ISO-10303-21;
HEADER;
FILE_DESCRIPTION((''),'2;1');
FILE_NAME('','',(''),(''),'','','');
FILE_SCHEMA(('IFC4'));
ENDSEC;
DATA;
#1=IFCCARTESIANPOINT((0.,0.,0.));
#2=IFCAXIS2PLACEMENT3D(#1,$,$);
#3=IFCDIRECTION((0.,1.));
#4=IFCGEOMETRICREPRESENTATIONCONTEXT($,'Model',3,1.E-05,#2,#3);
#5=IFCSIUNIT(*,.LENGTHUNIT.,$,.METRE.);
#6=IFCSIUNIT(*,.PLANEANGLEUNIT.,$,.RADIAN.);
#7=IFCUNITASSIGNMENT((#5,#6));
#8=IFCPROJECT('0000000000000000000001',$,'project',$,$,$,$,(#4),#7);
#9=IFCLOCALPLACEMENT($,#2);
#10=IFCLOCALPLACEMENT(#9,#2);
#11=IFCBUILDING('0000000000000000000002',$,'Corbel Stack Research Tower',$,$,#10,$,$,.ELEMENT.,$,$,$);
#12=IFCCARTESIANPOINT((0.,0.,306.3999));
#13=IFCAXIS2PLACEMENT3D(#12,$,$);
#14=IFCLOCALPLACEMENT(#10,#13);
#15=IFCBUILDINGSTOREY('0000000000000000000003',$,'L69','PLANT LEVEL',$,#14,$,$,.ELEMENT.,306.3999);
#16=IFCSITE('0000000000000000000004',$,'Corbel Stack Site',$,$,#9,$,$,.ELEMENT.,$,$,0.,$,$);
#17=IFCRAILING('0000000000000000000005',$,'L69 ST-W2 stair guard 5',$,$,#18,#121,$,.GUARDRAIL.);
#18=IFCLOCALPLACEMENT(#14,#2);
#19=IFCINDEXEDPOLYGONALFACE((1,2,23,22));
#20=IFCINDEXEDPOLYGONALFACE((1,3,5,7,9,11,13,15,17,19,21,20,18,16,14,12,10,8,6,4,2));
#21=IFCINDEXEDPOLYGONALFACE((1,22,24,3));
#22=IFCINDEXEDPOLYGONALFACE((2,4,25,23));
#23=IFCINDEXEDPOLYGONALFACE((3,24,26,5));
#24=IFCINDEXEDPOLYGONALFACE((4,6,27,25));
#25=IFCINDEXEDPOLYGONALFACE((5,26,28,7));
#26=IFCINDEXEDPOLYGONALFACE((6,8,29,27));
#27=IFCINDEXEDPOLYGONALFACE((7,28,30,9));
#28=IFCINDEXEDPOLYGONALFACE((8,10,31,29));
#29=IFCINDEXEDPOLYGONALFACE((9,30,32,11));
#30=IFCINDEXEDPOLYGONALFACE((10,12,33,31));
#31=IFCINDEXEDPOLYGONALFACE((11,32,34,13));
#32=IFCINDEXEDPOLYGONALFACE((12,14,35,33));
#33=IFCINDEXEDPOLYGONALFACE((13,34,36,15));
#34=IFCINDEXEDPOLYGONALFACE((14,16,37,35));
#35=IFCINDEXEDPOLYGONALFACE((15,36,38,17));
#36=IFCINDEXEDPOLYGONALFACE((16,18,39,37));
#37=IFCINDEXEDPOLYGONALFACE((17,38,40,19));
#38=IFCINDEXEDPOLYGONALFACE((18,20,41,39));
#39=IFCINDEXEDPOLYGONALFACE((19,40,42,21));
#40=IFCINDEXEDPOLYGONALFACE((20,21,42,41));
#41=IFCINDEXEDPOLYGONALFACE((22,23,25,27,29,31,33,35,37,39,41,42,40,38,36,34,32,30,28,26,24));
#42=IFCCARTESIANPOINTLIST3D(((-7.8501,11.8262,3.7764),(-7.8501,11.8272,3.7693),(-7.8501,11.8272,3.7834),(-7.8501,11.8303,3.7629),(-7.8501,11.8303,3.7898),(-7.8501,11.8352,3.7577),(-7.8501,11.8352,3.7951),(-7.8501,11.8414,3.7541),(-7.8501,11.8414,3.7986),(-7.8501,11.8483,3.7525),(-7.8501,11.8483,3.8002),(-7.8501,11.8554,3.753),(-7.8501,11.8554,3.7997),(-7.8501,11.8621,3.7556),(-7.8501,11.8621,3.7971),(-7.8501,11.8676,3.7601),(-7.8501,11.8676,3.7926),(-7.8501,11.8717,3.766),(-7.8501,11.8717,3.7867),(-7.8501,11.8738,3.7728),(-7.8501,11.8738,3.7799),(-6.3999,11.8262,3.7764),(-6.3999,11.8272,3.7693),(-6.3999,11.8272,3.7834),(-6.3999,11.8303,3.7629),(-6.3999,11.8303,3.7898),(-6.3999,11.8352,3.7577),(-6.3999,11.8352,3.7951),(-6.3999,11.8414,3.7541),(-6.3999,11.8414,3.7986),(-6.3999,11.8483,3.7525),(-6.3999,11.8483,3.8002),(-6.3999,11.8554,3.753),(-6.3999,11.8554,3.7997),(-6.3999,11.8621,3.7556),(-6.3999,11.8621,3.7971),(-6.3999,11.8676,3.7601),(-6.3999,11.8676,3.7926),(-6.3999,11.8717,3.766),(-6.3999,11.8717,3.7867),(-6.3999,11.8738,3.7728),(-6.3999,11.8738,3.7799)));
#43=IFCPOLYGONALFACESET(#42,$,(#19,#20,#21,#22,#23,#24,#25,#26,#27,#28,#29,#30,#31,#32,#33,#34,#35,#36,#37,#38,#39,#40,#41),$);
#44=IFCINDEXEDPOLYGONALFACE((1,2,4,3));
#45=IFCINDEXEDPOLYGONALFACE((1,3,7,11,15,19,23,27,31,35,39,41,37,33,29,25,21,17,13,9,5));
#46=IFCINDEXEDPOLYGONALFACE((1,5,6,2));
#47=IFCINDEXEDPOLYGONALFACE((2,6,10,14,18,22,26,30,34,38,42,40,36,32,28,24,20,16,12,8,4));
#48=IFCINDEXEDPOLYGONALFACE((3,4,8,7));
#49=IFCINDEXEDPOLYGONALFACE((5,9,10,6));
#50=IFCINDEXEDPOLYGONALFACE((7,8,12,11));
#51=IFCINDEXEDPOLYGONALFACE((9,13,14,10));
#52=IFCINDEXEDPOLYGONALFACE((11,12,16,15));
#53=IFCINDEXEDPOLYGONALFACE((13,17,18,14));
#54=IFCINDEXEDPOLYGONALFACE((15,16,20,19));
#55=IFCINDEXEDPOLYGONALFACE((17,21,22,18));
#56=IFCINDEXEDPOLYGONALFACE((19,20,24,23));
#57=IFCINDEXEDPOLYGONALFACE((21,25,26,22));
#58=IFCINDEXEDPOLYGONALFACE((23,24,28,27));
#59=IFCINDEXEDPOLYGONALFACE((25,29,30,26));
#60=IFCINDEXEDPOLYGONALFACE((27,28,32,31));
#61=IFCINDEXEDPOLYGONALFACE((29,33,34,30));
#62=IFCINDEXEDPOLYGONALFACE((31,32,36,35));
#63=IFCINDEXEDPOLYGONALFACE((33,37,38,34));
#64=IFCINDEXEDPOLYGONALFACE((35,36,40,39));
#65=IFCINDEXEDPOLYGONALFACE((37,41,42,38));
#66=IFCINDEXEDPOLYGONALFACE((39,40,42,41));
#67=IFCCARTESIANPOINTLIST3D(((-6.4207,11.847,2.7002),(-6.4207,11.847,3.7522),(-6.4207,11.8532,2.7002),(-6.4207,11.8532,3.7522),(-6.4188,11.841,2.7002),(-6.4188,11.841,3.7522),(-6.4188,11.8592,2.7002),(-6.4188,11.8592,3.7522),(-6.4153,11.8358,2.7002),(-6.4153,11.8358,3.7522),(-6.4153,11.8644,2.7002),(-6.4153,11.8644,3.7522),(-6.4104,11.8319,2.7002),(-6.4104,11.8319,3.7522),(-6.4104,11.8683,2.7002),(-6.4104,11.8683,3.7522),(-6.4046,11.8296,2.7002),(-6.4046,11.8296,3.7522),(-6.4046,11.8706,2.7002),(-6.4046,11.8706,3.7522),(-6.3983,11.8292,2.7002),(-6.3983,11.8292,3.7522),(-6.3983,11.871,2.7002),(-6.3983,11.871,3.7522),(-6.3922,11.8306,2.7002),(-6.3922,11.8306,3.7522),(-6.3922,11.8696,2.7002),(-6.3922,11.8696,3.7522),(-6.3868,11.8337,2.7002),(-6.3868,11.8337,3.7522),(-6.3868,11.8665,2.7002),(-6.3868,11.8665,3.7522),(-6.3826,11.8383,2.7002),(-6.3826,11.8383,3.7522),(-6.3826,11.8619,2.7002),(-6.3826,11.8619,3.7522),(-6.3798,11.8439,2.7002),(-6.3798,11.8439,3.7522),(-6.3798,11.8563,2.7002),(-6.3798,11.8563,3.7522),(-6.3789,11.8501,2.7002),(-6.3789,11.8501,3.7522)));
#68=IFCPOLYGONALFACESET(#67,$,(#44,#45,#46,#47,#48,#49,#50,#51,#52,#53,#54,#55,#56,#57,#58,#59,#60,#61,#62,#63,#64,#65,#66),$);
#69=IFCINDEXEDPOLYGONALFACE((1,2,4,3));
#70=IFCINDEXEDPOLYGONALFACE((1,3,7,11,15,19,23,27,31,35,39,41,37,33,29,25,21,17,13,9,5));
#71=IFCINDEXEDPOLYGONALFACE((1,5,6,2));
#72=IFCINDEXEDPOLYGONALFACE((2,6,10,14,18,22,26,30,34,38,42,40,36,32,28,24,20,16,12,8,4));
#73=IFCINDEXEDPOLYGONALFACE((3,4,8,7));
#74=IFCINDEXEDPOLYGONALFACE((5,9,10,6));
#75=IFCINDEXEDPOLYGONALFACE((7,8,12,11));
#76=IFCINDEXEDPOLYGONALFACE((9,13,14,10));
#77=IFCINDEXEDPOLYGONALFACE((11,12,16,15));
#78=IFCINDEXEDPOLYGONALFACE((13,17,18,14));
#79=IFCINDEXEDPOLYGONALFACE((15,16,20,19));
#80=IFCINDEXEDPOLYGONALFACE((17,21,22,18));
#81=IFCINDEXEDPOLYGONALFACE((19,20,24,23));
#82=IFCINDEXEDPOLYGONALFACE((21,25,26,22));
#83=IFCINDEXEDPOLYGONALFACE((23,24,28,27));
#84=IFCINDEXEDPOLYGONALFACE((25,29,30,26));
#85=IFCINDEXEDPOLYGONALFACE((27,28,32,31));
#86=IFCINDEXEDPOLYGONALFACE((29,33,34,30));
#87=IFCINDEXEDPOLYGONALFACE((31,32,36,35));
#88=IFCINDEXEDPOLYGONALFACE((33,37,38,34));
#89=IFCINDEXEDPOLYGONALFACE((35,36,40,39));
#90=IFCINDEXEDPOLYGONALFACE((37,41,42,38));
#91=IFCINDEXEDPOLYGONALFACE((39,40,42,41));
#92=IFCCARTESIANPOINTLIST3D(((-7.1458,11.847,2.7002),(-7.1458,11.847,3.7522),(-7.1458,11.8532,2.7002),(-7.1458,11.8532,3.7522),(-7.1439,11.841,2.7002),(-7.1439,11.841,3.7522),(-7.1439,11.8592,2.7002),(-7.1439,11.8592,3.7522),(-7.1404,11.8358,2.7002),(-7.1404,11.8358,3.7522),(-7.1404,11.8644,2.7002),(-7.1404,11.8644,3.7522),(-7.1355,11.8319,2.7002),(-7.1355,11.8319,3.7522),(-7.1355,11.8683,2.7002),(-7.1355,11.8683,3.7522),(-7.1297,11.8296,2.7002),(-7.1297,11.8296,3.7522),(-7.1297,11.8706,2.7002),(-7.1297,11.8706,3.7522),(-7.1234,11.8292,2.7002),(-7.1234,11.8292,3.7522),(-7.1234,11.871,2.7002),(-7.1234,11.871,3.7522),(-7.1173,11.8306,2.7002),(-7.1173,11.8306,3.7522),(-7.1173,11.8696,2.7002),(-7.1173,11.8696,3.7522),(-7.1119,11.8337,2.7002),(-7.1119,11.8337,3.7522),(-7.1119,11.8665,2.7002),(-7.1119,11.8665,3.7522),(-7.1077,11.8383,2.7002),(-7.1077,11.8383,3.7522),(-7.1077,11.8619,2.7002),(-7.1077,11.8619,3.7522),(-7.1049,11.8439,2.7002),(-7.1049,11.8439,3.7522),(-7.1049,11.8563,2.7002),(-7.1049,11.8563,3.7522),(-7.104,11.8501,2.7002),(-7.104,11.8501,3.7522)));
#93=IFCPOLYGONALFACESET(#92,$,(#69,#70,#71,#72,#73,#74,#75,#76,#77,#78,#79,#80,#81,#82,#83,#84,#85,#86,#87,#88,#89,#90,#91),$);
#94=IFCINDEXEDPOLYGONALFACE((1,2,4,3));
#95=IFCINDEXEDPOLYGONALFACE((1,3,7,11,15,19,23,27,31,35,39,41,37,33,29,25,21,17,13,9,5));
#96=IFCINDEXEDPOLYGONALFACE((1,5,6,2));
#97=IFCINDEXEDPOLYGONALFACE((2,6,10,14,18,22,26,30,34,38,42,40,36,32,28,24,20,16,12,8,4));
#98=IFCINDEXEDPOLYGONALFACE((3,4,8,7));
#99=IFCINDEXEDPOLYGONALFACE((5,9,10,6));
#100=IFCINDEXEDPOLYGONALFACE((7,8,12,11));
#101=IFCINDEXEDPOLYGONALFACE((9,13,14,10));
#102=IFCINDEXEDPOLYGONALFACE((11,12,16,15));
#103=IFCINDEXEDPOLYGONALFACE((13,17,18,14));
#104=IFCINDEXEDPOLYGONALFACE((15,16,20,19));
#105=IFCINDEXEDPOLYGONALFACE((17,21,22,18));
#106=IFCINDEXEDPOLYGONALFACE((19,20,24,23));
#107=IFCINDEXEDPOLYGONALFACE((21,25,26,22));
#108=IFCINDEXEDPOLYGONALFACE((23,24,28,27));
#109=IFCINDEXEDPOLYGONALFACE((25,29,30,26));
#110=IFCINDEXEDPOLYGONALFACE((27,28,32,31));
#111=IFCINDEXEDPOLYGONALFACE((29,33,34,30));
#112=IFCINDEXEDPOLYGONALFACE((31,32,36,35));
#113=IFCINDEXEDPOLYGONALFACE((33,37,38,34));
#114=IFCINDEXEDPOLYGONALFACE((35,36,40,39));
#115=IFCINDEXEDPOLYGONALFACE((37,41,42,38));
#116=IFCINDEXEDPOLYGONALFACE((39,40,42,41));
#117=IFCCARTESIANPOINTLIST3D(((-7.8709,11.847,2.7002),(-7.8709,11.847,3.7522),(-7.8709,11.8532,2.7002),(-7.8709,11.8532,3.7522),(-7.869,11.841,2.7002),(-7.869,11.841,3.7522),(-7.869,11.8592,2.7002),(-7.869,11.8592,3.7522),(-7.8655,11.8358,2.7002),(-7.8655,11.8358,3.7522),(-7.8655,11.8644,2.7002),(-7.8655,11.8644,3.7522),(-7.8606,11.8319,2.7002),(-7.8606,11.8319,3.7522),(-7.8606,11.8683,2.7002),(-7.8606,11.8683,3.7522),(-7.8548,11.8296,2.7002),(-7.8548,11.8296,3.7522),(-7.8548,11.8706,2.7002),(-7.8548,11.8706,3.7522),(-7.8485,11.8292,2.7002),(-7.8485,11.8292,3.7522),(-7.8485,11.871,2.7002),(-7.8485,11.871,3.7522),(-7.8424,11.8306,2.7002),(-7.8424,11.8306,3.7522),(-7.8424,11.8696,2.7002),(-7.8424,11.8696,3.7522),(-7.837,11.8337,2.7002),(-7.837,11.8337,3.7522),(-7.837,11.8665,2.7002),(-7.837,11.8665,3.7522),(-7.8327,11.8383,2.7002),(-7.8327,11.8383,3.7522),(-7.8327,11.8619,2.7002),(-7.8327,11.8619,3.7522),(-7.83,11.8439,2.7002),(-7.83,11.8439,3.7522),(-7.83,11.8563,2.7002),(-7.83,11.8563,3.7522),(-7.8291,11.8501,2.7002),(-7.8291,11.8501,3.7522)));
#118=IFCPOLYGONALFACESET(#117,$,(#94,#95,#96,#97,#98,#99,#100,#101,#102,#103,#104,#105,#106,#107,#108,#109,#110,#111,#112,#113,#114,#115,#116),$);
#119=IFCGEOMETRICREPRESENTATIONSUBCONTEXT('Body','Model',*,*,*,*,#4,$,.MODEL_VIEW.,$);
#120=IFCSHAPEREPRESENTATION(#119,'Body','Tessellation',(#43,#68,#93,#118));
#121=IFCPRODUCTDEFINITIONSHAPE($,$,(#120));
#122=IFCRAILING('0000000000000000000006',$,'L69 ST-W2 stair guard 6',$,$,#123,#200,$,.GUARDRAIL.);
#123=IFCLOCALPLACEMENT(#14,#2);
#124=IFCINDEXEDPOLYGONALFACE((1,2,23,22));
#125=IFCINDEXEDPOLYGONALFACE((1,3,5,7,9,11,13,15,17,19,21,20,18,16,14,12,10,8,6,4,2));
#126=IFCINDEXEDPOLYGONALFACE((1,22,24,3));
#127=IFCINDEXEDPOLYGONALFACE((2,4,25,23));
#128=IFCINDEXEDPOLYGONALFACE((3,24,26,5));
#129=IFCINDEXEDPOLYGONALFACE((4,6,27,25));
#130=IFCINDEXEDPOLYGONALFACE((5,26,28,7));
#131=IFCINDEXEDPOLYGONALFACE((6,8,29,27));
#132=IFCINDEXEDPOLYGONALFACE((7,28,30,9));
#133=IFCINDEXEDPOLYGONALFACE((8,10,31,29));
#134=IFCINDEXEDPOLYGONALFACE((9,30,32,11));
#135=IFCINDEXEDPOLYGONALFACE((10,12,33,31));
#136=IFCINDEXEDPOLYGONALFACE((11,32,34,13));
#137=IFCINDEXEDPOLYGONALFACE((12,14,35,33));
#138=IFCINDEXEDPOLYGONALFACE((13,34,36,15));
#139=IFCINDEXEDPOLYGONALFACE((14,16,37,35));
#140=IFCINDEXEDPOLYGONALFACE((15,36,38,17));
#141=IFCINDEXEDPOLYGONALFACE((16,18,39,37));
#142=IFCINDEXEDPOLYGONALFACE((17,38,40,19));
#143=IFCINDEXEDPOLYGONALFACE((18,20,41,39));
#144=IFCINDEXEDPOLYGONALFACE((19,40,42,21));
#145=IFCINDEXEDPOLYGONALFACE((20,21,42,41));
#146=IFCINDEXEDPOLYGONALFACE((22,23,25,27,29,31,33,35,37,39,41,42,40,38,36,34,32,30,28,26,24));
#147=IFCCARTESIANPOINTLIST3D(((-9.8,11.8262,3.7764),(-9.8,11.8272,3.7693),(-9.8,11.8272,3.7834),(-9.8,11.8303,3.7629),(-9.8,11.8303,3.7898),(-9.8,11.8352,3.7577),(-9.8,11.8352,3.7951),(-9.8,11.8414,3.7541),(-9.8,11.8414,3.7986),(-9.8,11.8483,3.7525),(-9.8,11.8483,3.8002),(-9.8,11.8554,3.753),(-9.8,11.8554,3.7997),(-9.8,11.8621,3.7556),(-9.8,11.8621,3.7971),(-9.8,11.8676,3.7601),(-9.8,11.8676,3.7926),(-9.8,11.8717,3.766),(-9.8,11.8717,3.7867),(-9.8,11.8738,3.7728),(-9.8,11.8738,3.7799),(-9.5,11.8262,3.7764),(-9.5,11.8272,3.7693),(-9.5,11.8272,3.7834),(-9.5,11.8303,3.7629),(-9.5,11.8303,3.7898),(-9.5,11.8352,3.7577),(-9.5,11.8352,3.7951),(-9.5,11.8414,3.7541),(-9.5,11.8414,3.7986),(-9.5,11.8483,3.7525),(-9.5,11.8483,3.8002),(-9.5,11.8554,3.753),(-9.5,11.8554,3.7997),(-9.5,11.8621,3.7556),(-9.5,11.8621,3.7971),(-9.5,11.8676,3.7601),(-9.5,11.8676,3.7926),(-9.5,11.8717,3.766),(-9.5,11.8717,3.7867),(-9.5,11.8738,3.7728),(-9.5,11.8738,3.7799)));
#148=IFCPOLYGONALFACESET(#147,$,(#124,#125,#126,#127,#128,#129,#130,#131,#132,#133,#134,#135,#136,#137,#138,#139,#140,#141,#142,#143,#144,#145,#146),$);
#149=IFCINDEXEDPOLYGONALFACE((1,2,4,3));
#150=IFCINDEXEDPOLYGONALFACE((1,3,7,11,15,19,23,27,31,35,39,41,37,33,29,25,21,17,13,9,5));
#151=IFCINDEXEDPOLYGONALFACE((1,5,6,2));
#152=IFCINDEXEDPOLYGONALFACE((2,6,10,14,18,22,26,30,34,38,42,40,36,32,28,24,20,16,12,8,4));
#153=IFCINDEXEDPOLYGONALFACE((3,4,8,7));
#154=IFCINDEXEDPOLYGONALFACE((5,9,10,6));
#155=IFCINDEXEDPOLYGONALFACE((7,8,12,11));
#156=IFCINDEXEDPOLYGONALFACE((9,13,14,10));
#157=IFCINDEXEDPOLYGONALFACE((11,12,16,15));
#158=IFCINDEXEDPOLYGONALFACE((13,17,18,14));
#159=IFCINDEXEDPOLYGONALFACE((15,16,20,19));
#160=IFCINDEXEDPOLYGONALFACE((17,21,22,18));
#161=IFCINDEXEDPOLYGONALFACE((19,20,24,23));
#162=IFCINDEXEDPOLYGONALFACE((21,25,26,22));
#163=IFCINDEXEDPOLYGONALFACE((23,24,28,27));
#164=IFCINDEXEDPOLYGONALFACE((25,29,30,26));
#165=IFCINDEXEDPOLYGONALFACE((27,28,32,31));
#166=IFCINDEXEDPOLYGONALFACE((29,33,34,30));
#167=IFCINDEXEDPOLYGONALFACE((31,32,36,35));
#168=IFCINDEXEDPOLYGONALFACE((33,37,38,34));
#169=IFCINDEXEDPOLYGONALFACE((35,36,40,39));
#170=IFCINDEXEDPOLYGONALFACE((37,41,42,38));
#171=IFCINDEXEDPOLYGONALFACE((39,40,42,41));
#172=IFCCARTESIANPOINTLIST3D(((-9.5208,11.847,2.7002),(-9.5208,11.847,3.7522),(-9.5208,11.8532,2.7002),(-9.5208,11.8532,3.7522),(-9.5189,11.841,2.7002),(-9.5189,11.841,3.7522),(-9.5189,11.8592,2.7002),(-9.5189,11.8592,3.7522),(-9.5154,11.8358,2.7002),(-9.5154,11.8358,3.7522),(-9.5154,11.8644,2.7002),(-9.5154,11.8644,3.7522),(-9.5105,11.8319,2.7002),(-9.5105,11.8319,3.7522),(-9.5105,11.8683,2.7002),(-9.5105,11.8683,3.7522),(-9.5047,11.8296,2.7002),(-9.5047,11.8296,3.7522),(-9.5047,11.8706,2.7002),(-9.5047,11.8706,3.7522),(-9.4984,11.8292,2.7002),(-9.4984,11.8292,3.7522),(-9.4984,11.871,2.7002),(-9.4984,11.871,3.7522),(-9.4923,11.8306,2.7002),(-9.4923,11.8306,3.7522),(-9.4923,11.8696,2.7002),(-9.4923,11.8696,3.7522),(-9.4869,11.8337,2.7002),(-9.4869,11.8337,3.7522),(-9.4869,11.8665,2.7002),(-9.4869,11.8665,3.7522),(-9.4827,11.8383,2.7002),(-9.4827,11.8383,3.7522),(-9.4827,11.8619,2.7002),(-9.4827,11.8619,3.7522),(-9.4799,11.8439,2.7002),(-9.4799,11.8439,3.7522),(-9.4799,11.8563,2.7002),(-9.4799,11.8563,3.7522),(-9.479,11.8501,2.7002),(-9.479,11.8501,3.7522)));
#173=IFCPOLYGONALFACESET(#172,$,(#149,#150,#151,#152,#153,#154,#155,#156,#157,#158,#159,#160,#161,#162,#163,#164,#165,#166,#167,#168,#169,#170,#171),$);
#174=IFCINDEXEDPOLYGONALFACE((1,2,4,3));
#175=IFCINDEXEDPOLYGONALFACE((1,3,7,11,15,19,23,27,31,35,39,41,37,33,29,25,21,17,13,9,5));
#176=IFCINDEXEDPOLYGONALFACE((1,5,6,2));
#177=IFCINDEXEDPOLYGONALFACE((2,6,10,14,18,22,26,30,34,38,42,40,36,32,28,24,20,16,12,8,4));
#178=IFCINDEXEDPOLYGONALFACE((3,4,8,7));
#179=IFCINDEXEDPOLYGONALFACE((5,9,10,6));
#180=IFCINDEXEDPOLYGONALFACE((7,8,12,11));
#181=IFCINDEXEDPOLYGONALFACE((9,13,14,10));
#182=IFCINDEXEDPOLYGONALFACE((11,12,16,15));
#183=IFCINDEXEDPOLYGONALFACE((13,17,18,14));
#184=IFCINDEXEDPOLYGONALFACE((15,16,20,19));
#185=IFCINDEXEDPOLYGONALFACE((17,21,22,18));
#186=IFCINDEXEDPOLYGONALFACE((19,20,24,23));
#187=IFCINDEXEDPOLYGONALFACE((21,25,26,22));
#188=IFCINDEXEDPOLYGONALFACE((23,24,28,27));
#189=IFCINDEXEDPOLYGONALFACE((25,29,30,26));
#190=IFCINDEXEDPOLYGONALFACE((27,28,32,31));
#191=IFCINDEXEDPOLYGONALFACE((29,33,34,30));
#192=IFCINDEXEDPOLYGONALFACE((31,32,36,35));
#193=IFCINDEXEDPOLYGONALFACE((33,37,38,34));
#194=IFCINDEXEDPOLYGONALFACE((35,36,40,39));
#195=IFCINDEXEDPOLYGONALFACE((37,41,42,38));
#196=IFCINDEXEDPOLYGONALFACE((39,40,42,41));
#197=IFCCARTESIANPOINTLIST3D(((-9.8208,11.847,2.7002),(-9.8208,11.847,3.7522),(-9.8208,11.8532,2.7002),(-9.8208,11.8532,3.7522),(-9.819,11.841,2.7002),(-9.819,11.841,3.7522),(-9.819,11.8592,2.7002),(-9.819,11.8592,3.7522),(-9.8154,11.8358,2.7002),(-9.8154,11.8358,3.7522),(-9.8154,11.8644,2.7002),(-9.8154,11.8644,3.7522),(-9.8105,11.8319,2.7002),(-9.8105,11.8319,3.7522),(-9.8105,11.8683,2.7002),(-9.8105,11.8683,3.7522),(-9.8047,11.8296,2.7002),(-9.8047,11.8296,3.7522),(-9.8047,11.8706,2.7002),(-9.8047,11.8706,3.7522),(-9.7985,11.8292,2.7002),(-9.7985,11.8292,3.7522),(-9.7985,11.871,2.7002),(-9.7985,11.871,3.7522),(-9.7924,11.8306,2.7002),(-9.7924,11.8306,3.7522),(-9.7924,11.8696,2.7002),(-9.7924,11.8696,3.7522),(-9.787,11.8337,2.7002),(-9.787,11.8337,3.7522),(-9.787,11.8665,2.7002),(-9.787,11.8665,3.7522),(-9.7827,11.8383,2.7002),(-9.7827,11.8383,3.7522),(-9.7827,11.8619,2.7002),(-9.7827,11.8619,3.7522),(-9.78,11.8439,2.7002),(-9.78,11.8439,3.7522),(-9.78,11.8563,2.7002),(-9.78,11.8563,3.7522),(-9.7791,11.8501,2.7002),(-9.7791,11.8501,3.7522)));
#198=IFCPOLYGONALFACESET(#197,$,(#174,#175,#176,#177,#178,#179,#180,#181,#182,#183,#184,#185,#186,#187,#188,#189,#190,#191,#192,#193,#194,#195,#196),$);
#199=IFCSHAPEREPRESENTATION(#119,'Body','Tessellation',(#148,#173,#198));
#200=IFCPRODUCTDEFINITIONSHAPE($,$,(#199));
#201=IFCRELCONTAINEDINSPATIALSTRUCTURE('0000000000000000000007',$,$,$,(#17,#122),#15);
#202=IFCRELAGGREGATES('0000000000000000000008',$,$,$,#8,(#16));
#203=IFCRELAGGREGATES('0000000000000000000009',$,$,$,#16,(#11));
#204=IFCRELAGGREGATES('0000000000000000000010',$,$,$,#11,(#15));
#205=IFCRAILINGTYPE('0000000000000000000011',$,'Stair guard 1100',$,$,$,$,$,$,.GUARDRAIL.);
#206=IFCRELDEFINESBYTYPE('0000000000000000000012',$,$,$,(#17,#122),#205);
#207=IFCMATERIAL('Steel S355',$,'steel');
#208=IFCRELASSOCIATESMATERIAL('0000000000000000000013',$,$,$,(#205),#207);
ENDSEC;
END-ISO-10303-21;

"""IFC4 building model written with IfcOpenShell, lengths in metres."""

from ifc_helpers import new_model, si_unit, direction, frame, origin, origin_2d, place, context, subcontext, project, spatial, circle, extrude, material, type_object, element, save


model = new_model("IFC4")

# Units and contexts
model_context = context("Model", 3, precision=1e-05, world=origin(), true_north=direction((0.0, 1.0)))
body_context = subcontext(model_context, "Body", "Model", "MODEL_VIEW")
ifc_project = project(units=[si_unit("LENGTHUNIT", "METRE"), si_unit("PLANEANGLEUNIT", "RADIAN")], contexts=[model_context])

# Site, building, storey
site_placement = place(None, origin())
site = spatial("IfcSite", under=ifc_project, at=site_placement, Name="Corbel Stack Site", CompositionType="ELEMENT", RefElevation=0.0)
building_placement = place(site_placement, origin())
building = spatial("IfcBuilding", under=site, at=building_placement, Name="Corbel Stack Research Tower", CompositionType="ELEMENT")
storey_placement = place(building_placement, frame((0.0, 0.0, 306.3999)))
storey = spatial("IfcBuildingStorey", under=building, at=storey_placement, Name="L69", Description="PLANT LEVEL", CompositionType="ELEMENT", Elevation=306.3999)

# Railings
ifc_material_1 = material(Name="Steel S355", Category="steel")
railing_type_1 = type_object("IfcRailingType", Name="Stair guard 1100", PredefinedType="GUARDRAIL", material=ifc_material_1)
railing_1_placement = place(storey_placement, frame((-6.3999, 11.8501, 2.7002)))
element("IfcRailing", 1, at=railing_1_placement, inside=storey, type_object=railing_type_1, Name="L69 ST-W2 stair guard 5", PredefinedType="GUARDRAIL", context=body_context, shape_type="SweptSolid", body=[
    extrude(circle(Radius=0.0239, at=origin_2d()), frame((0.0, 0.0, 1.0762), z_axis=(-1.0, 0.0, 0.0), x_axis=(0.0, -1.0, 0.0)), (0.0, 0.0, 1.0), 1.4502),
    extrude(circle(Radius=0.021, at=origin_2d()), origin(), (0.0, 0.0, 1.0), 1.052),
    extrude(circle(Radius=0.021, at=origin_2d()), frame((-0.7251, 0.0, 0.0)), (0.0, 0.0, 1.0), 1.052),
    extrude(circle(Radius=0.021, at=origin_2d()), frame((-1.4502, 0.0, 0.0)), (0.0, 0.0, 1.0), 1.052),
])
railing_2_placement = place(storey_placement, frame((-9.5, 11.8501, 2.7002)))
element("IfcRailing", 2, at=railing_2_placement, inside=storey, type_object=railing_type_1, Name="L69 ST-W2 stair guard 6", PredefinedType="GUARDRAIL", context=body_context, shape_type="SweptSolid", body=[
    extrude(circle(Radius=0.0239, at=origin_2d()), frame((0.0, 0.0, 1.0762), z_axis=(-1.0, 0.0, 0.0), x_axis=(0.0, -1.0, 0.0)), (0.0, 0.0, 1.0), 0.3),
    extrude(circle(Radius=0.021, at=origin_2d()), origin(), (0.0, 0.0, 1.0), 1.052),
    extrude(circle(Radius=0.021, at=origin_2d()), frame((-0.3, 0.0, 0.0)), (0.0, 0.0, 1.0), 1.052),
])

save(model, "model.ifc")
